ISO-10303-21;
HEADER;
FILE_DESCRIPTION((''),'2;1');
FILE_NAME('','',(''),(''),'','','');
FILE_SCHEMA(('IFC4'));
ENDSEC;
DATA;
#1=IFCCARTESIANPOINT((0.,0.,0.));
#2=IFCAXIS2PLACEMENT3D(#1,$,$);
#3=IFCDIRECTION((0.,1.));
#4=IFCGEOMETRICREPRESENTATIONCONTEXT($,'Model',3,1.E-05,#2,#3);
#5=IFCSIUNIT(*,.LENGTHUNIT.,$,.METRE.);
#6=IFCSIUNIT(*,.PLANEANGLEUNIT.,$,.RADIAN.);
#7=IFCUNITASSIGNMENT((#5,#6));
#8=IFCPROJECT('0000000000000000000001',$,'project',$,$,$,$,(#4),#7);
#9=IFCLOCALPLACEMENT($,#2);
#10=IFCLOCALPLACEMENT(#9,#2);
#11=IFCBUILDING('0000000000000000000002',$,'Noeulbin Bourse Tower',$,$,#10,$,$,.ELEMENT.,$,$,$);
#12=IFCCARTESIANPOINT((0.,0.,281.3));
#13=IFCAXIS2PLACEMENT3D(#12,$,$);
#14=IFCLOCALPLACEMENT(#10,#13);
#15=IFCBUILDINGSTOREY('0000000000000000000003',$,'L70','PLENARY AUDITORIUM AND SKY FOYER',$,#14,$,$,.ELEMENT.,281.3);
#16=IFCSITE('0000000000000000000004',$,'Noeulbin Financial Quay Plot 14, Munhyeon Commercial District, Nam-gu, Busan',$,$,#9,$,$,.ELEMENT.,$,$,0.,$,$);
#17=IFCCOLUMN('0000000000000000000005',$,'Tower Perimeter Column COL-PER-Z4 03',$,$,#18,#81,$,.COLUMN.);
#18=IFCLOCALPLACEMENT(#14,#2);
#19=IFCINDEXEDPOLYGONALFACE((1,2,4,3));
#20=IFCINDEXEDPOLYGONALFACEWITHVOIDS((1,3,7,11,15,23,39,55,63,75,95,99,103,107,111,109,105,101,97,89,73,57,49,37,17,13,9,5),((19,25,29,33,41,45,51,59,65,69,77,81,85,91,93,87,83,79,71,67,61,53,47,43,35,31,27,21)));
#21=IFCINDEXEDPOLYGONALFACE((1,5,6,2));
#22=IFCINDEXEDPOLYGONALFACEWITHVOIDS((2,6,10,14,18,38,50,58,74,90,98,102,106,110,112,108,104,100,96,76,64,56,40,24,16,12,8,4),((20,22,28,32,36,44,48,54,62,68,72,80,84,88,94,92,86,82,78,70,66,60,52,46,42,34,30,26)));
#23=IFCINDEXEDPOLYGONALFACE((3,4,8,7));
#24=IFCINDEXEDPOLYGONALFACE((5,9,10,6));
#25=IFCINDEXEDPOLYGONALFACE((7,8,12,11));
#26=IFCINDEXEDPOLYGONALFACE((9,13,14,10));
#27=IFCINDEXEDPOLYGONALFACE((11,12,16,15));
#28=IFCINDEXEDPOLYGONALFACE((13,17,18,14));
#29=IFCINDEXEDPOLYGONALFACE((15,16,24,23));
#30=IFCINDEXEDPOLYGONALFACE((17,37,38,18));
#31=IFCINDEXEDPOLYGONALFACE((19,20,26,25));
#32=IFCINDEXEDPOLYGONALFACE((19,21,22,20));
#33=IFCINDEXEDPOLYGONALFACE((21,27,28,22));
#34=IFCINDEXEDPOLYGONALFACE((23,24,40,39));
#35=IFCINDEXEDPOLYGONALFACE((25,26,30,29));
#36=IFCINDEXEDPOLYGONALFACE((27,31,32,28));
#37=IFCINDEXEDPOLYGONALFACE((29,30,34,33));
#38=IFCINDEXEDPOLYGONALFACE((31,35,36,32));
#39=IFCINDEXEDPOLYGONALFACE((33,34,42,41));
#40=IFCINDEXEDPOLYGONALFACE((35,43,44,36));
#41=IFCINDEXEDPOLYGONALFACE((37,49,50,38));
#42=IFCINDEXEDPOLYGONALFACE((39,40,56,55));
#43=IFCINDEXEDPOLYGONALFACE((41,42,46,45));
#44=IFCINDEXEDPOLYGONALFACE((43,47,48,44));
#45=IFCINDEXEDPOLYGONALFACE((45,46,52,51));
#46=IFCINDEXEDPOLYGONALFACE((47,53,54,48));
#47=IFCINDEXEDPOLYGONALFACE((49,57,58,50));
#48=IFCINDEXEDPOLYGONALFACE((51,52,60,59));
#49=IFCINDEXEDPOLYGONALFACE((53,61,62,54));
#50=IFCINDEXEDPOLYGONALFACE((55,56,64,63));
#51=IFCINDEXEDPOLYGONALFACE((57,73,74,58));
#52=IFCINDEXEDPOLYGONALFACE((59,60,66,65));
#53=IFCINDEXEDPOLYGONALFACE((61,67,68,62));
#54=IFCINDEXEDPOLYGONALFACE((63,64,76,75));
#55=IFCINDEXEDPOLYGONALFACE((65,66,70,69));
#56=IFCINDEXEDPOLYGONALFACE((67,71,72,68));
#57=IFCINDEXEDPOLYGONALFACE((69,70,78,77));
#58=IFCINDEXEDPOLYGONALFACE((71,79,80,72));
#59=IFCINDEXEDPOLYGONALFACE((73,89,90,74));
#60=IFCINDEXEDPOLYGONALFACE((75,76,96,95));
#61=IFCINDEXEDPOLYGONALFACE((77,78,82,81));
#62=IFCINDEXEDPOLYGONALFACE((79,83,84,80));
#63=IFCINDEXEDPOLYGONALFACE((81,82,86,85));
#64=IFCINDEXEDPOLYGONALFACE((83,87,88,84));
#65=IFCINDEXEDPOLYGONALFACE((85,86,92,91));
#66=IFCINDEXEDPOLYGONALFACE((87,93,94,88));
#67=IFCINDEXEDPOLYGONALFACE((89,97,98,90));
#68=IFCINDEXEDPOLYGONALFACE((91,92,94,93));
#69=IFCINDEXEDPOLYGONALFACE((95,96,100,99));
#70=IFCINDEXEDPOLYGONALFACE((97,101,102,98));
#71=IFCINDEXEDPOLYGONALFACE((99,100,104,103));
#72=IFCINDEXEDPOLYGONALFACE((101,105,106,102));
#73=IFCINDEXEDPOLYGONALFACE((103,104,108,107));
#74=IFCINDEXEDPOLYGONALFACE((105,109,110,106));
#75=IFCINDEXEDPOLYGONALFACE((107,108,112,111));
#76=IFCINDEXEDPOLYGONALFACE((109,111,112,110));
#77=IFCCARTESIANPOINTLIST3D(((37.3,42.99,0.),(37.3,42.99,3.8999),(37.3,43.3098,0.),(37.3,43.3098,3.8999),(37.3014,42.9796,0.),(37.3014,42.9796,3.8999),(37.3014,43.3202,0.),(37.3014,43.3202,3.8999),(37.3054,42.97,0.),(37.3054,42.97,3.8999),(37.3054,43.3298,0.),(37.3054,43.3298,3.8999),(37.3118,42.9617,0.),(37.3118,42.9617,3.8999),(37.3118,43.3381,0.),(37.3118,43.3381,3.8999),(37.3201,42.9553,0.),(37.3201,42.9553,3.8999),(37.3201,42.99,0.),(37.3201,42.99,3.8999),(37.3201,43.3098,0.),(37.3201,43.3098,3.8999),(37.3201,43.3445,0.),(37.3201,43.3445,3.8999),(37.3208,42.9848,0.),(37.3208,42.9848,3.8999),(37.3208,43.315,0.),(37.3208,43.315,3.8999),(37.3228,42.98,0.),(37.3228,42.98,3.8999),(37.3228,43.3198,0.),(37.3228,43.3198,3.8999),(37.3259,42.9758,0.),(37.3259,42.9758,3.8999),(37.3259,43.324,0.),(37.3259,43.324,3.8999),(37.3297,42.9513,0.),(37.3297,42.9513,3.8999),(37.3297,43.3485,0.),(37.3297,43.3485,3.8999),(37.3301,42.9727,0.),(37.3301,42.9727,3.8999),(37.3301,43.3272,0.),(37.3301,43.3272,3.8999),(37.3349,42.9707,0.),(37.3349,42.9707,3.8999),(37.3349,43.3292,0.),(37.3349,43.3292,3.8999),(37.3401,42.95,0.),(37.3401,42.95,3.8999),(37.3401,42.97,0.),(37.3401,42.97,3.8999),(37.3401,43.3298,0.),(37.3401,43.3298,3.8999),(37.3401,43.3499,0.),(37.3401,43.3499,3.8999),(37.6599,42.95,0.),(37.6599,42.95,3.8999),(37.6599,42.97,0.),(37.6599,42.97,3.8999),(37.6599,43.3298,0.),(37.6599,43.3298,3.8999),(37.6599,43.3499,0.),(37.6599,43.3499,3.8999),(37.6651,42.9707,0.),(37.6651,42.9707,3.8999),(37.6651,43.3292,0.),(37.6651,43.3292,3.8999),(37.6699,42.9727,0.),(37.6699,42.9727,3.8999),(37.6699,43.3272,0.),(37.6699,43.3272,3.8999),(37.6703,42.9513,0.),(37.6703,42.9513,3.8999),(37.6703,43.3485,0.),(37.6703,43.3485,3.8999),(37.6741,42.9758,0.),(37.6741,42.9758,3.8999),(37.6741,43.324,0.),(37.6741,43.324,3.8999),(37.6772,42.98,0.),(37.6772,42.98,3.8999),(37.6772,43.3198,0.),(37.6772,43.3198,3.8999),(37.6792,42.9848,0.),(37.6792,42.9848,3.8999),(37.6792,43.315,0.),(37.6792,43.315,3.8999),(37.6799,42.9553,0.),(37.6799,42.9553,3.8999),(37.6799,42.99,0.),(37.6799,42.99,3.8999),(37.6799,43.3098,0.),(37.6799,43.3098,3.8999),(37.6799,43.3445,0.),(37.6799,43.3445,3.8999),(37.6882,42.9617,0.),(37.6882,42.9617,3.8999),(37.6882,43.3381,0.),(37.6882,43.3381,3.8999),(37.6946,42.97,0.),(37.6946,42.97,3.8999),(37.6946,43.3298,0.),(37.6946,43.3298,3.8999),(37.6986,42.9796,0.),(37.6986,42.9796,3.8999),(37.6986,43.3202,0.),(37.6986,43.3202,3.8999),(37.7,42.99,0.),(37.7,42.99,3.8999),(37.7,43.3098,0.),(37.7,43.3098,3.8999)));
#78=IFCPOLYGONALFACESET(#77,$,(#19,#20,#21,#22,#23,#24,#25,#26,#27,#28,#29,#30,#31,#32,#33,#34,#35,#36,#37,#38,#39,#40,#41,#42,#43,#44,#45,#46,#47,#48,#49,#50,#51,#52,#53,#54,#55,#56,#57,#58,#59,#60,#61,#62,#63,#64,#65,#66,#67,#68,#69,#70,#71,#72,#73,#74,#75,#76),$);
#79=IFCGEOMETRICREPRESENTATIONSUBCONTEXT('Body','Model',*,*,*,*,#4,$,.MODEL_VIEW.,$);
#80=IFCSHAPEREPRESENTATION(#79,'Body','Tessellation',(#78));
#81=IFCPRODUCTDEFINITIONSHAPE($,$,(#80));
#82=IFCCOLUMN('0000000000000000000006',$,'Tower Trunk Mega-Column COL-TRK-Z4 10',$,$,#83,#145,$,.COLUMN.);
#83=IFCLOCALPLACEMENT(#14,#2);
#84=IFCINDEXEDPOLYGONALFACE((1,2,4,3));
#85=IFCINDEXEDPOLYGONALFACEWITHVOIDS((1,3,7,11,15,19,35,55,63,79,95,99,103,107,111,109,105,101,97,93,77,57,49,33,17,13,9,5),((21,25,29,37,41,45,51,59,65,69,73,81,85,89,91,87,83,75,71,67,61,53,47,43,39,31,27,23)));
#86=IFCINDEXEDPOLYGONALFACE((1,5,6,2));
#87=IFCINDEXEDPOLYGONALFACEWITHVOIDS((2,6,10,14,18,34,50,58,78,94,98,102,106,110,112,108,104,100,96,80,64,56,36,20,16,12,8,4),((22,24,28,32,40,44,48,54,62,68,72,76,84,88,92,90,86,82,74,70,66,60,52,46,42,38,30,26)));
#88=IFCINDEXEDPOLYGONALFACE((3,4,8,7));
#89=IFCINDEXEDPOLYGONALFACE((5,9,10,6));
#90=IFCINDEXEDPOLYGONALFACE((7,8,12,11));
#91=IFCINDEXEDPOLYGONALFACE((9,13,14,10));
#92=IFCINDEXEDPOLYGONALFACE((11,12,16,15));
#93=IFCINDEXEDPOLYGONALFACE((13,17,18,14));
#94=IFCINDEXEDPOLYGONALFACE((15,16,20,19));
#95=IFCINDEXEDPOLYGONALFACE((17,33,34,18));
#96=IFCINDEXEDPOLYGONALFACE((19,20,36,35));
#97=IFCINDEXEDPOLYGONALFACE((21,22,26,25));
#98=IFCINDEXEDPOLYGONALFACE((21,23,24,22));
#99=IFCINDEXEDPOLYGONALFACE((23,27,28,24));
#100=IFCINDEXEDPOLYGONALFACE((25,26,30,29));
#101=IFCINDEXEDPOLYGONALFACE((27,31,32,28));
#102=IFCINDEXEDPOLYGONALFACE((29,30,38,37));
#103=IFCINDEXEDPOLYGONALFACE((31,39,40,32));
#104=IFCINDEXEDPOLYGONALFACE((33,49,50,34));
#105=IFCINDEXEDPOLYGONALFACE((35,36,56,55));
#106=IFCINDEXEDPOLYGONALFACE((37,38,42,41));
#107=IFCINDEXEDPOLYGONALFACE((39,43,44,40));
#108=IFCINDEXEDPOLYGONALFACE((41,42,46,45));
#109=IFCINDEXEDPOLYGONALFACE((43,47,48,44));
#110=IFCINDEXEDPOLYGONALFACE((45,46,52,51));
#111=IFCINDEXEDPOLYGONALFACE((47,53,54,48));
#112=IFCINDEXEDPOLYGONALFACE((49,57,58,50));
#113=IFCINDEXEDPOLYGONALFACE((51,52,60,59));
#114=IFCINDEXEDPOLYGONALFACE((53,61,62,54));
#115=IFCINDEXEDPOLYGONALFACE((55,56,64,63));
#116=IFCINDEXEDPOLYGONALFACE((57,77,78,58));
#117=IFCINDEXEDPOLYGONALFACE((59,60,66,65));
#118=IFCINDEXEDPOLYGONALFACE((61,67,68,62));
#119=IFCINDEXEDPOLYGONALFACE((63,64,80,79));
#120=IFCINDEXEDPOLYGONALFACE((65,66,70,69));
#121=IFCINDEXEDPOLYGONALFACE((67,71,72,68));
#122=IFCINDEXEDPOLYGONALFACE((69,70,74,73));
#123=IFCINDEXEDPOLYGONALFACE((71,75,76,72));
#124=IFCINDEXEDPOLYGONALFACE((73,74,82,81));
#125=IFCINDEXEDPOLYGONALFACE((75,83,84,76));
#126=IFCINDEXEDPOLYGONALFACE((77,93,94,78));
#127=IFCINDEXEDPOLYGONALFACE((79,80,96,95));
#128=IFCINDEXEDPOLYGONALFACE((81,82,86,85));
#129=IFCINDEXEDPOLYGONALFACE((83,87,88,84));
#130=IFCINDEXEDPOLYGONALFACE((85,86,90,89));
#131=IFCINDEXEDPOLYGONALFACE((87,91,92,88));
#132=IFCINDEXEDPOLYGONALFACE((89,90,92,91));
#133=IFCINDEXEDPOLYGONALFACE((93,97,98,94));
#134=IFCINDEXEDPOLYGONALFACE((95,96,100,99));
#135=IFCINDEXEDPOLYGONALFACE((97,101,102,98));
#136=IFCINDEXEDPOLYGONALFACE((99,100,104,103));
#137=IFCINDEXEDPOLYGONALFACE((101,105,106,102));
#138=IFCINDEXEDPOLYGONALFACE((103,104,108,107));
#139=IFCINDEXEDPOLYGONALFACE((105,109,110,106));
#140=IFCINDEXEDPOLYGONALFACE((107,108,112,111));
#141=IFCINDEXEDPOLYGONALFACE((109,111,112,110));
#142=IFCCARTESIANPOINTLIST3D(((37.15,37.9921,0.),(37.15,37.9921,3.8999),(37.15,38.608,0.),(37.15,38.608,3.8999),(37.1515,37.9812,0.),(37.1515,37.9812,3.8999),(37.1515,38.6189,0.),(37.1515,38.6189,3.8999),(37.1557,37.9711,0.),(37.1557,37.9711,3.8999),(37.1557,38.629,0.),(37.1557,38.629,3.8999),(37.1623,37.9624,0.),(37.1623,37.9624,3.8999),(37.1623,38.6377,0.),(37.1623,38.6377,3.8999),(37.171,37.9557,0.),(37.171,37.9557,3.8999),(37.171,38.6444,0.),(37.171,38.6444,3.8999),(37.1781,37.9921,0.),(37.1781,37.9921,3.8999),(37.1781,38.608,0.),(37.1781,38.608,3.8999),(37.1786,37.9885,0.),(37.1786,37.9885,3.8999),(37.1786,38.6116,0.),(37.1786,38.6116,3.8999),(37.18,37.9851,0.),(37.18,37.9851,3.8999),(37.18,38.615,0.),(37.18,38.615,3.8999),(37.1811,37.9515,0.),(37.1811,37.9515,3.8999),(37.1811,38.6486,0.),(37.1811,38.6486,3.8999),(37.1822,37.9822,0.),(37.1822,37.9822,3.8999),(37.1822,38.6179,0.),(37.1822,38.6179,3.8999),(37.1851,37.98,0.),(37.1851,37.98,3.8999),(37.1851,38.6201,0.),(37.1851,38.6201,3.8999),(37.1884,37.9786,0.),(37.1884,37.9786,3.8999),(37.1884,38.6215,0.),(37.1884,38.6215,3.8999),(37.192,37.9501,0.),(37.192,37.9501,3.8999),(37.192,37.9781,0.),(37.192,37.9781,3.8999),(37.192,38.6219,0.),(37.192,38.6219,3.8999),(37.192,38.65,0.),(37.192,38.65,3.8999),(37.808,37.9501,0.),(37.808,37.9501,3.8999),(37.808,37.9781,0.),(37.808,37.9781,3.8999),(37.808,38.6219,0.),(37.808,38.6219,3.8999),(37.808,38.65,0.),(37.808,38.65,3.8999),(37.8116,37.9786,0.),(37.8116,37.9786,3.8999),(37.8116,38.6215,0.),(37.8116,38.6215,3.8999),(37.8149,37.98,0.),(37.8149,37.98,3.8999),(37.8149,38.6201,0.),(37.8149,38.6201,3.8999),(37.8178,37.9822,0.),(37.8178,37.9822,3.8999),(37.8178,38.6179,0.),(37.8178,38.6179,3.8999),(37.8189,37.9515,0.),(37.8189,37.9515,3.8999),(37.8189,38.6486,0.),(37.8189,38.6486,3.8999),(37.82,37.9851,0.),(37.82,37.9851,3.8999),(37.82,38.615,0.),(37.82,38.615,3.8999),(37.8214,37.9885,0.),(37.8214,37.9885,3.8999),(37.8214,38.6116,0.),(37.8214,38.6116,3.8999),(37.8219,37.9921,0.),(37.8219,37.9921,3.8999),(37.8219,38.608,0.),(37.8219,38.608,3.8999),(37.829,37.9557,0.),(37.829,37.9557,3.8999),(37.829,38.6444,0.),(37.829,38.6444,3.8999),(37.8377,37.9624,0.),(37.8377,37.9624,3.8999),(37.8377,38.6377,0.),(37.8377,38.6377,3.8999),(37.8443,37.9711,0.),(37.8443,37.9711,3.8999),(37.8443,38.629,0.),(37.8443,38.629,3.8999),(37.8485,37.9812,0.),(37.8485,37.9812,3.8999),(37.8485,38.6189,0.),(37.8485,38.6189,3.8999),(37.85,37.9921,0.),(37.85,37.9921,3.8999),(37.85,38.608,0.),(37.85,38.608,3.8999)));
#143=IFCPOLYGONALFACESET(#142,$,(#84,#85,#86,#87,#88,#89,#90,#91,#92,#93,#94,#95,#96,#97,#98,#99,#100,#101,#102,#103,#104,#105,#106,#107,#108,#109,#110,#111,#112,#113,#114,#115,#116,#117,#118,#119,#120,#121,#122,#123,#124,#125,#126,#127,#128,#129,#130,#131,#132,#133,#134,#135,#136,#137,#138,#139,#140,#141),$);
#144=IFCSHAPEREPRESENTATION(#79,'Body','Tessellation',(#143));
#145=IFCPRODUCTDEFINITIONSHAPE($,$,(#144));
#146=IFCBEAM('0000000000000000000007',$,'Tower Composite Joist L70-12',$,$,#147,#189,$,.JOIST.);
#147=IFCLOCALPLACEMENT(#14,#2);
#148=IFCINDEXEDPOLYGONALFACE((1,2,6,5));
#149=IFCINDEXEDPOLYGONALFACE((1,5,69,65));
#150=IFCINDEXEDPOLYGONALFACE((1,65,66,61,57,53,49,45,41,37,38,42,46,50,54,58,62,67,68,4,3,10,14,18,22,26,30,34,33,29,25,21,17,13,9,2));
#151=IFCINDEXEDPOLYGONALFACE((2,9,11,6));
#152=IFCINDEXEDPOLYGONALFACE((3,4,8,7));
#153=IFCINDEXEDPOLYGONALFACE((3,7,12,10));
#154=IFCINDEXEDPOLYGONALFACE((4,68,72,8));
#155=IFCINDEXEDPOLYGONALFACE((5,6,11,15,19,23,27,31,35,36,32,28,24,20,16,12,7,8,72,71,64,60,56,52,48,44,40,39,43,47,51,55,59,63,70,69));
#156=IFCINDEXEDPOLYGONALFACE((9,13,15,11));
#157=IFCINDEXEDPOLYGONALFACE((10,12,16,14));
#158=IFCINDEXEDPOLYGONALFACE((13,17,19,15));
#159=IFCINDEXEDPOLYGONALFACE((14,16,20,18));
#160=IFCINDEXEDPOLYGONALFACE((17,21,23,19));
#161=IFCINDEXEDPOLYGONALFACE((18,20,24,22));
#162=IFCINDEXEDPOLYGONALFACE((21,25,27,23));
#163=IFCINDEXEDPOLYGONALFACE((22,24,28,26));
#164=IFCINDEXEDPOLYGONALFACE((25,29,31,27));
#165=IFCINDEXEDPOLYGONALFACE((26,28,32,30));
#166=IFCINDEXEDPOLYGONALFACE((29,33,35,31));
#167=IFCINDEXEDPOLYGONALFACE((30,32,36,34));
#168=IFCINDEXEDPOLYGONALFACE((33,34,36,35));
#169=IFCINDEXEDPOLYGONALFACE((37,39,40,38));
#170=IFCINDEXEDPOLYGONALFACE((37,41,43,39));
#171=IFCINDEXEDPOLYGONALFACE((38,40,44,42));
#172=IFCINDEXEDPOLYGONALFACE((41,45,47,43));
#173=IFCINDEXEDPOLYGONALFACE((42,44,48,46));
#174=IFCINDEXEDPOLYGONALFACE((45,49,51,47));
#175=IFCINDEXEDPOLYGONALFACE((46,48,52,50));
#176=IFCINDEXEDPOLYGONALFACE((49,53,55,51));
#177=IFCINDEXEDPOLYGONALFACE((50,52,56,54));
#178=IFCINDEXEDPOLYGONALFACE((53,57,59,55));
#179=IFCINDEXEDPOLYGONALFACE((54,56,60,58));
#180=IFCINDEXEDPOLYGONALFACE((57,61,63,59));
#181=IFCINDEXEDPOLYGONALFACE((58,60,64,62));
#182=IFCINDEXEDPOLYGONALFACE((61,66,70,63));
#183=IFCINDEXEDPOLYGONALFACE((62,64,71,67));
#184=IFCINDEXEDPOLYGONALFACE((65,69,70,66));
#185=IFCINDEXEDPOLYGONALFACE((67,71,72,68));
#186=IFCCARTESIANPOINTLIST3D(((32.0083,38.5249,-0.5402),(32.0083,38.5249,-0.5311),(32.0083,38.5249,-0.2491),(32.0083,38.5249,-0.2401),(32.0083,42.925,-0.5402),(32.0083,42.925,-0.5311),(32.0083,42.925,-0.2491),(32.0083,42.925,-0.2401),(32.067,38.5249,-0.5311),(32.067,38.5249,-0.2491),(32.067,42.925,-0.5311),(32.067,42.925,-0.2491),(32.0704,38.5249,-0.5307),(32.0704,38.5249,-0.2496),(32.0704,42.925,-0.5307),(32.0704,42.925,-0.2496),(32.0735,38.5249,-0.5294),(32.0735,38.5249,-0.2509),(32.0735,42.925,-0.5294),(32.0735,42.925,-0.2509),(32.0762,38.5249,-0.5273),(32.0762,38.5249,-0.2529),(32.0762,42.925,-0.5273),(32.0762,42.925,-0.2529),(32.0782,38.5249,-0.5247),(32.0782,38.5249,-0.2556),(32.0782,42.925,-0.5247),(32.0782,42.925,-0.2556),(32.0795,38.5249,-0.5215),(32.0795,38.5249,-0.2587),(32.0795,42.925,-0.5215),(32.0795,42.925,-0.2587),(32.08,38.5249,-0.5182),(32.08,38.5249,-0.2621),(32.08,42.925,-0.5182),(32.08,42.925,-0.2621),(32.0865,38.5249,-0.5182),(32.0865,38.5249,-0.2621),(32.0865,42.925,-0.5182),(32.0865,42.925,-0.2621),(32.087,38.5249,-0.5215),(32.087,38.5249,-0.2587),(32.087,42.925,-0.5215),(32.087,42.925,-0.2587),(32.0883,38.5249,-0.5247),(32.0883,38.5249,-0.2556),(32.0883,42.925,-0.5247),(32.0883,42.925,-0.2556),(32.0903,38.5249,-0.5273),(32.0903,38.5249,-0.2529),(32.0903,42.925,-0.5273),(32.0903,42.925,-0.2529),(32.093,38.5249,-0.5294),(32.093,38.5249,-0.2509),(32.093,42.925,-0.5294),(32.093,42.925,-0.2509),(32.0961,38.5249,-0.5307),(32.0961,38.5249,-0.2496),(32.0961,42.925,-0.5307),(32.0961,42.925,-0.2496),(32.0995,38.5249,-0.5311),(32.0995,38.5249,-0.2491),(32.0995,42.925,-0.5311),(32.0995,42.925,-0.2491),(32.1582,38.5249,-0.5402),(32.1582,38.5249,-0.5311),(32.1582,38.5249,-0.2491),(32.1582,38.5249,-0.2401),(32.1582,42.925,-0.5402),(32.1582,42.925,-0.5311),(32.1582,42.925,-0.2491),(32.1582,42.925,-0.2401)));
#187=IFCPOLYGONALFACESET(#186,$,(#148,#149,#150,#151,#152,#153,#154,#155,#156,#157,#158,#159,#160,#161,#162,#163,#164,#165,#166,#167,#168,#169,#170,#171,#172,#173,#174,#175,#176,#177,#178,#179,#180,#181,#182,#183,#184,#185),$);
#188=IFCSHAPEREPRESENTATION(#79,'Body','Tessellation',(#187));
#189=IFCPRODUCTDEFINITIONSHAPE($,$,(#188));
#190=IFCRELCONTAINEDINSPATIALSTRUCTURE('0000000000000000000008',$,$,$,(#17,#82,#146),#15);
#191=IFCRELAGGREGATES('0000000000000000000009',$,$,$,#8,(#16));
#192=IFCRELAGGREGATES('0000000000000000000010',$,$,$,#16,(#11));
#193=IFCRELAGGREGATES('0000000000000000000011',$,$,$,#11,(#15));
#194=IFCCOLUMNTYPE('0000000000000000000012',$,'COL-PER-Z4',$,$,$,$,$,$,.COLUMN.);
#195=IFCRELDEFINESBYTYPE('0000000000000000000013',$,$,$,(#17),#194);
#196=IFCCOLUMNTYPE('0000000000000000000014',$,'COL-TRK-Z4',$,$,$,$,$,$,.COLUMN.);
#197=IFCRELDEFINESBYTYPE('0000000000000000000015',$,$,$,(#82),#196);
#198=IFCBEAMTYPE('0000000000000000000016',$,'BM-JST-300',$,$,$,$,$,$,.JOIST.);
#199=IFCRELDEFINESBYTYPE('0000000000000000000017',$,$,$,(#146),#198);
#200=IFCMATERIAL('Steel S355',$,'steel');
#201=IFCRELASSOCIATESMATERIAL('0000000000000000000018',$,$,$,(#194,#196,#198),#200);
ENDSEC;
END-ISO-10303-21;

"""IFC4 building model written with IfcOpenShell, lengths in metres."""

from ifc_helpers import new_model, si_unit, direction, frame, origin, origin_2d, place, context, subcontext, project, spatial, hollow_rectangle, i_section, extrude, material, material_profile, profile_set, type_object, element, save


model = new_model("IFC4")

# Units and contexts
model_context = context("Model", 3, precision=1e-05, world=origin(), true_north=direction((0.0, 1.0)))
body_context = subcontext(model_context, "Body", "Model", "MODEL_VIEW")
ifc_project = project(units=[si_unit("LENGTHUNIT", "METRE"), si_unit("PLANEANGLEUNIT", "RADIAN")], contexts=[model_context])

# Site, building, storey
site_placement = place(None, origin())
site = spatial("IfcSite", under=ifc_project, at=site_placement, Name="Noeulbin Financial Quay Plot 14, Munhyeon Commercial District, Nam-gu, Busan", CompositionType="ELEMENT", RefElevation=0.0)
building_placement = place(site_placement, origin())
building = spatial("IfcBuilding", under=site, at=building_placement, Name="Noeulbin Bourse Tower", CompositionType="ELEMENT")
storey_placement = place(building_placement, frame((0.0, 0.0, 281.3)))
storey = spatial("IfcBuildingStorey", under=building, at=storey_placement, Name="L70", Description="PLENARY AUDITORIUM AND SKY FOYER", CompositionType="ELEMENT", Elevation=281.3)

# Columns
ifc_material_1 = material(Name="Steel S355", Category="steel")
ifc_material_profile_1 = material_profile(ifc_material_1, hollow_rectangle(XDim=0.3999, YDim=0.3999, WallThickness=0.02, InnerFilletRadius=0.02, OuterFilletRadius=0.04, at=origin_2d()), Name="SHS-400x400x20", Category="LoadBearing")
ifc_profile_set_1 = profile_set([ifc_material_profile_1], Name="Steel S355")
column_type_1 = type_object("IfcColumnType", Name="COL-PER-Z4", PredefinedType="COLUMN", material=ifc_profile_set_1)
column_1_placement = place(storey_placement, frame((37.5, 43.1499, 0.0), z_axis=(0.0, 0.0, 1.0), x_axis=(1.0, 0.0, 0.0)))
element("IfcColumn", 1, at=column_1_placement, inside=storey, type_object=column_type_1, Name="Tower Perimeter Column COL-PER-Z4 03", PredefinedType="COLUMN", context=body_context, shape_type="SweptSolid", body=[
    extrude(hollow_rectangle(XDim=0.3999, YDim=0.3999, WallThickness=0.02, InnerFilletRadius=0.02, OuterFilletRadius=0.04, at=origin_2d()), origin(), (0.0, 0.0, 1.0), 3.8999),
])
ifc_material_profile_2 = material_profile(ifc_material_1, hollow_rectangle(XDim=0.7, YDim=0.7, WallThickness=0.0281, InnerFilletRadius=0.0139, OuterFilletRadius=0.042, at=origin_2d()), Name="BOX-700x700x28", Category="LoadBearing")
ifc_profile_set_2 = profile_set([ifc_material_profile_2], Name="Steel S355")
column_type_2 = type_object("IfcColumnType", Name="COL-TRK-Z4", PredefinedType="COLUMN", material=ifc_profile_set_2)
column_2_placement = place(storey_placement, frame((37.5, 38.3, 0.0), z_axis=(0.0, 0.0, 1.0), x_axis=(1.0, 0.0, 0.0)))
element("IfcColumn", 2, at=column_2_placement, inside=storey, type_object=column_type_2, Name="Tower Trunk Mega-Column COL-TRK-Z4 10", PredefinedType="COLUMN", context=body_context, shape_type="SweptSolid", body=[
    extrude(hollow_rectangle(XDim=0.7, YDim=0.7, WallThickness=0.0281, InnerFilletRadius=0.0139, OuterFilletRadius=0.042, at=origin_2d()), origin(), (0.0, 0.0, 1.0), 3.8999),
])

# Beam
ifc_material_profile_3 = material_profile(ifc_material_1, i_section(OverallWidth=0.1499, OverallDepth=0.3, WebThickness=0.0066, FlangeThickness=0.009, FilletRadius=0.0129, at=origin_2d()), Name="H-300x150x6.5x9", Category="LoadBearing")
ifc_profile_set_3 = profile_set([ifc_material_profile_3], Name="Steel S355")
beam_type_1 = type_object("IfcBeamType", Name="BM-JST-300", PredefinedType="JOIST", material=ifc_profile_set_3)
for number, where, z_axis, x_axis, name in (
    (3, (32.0833, 38.5249, -0.3901), (0.0, 1.0, 0.0), (-1.0, 0.0, 0.0), "Tower Composite Joist L70-12"),
):
    element("IfcBeam", number, at=place(storey_placement, frame(where, z_axis=z_axis, x_axis=x_axis)), inside=storey, type_object=beam_type_1, Name=name, PredefinedType="JOIST", context=body_context, shape_type="SweptSolid", body=[
        extrude(i_section(OverallWidth=0.1499, OverallDepth=0.3, WebThickness=0.0066, FlangeThickness=0.009, FilletRadius=0.0129, at=origin_2d()), origin(), (0.0, 0.0, 1.0), 4.4001),
    ])

save(model, "model.ifc")
